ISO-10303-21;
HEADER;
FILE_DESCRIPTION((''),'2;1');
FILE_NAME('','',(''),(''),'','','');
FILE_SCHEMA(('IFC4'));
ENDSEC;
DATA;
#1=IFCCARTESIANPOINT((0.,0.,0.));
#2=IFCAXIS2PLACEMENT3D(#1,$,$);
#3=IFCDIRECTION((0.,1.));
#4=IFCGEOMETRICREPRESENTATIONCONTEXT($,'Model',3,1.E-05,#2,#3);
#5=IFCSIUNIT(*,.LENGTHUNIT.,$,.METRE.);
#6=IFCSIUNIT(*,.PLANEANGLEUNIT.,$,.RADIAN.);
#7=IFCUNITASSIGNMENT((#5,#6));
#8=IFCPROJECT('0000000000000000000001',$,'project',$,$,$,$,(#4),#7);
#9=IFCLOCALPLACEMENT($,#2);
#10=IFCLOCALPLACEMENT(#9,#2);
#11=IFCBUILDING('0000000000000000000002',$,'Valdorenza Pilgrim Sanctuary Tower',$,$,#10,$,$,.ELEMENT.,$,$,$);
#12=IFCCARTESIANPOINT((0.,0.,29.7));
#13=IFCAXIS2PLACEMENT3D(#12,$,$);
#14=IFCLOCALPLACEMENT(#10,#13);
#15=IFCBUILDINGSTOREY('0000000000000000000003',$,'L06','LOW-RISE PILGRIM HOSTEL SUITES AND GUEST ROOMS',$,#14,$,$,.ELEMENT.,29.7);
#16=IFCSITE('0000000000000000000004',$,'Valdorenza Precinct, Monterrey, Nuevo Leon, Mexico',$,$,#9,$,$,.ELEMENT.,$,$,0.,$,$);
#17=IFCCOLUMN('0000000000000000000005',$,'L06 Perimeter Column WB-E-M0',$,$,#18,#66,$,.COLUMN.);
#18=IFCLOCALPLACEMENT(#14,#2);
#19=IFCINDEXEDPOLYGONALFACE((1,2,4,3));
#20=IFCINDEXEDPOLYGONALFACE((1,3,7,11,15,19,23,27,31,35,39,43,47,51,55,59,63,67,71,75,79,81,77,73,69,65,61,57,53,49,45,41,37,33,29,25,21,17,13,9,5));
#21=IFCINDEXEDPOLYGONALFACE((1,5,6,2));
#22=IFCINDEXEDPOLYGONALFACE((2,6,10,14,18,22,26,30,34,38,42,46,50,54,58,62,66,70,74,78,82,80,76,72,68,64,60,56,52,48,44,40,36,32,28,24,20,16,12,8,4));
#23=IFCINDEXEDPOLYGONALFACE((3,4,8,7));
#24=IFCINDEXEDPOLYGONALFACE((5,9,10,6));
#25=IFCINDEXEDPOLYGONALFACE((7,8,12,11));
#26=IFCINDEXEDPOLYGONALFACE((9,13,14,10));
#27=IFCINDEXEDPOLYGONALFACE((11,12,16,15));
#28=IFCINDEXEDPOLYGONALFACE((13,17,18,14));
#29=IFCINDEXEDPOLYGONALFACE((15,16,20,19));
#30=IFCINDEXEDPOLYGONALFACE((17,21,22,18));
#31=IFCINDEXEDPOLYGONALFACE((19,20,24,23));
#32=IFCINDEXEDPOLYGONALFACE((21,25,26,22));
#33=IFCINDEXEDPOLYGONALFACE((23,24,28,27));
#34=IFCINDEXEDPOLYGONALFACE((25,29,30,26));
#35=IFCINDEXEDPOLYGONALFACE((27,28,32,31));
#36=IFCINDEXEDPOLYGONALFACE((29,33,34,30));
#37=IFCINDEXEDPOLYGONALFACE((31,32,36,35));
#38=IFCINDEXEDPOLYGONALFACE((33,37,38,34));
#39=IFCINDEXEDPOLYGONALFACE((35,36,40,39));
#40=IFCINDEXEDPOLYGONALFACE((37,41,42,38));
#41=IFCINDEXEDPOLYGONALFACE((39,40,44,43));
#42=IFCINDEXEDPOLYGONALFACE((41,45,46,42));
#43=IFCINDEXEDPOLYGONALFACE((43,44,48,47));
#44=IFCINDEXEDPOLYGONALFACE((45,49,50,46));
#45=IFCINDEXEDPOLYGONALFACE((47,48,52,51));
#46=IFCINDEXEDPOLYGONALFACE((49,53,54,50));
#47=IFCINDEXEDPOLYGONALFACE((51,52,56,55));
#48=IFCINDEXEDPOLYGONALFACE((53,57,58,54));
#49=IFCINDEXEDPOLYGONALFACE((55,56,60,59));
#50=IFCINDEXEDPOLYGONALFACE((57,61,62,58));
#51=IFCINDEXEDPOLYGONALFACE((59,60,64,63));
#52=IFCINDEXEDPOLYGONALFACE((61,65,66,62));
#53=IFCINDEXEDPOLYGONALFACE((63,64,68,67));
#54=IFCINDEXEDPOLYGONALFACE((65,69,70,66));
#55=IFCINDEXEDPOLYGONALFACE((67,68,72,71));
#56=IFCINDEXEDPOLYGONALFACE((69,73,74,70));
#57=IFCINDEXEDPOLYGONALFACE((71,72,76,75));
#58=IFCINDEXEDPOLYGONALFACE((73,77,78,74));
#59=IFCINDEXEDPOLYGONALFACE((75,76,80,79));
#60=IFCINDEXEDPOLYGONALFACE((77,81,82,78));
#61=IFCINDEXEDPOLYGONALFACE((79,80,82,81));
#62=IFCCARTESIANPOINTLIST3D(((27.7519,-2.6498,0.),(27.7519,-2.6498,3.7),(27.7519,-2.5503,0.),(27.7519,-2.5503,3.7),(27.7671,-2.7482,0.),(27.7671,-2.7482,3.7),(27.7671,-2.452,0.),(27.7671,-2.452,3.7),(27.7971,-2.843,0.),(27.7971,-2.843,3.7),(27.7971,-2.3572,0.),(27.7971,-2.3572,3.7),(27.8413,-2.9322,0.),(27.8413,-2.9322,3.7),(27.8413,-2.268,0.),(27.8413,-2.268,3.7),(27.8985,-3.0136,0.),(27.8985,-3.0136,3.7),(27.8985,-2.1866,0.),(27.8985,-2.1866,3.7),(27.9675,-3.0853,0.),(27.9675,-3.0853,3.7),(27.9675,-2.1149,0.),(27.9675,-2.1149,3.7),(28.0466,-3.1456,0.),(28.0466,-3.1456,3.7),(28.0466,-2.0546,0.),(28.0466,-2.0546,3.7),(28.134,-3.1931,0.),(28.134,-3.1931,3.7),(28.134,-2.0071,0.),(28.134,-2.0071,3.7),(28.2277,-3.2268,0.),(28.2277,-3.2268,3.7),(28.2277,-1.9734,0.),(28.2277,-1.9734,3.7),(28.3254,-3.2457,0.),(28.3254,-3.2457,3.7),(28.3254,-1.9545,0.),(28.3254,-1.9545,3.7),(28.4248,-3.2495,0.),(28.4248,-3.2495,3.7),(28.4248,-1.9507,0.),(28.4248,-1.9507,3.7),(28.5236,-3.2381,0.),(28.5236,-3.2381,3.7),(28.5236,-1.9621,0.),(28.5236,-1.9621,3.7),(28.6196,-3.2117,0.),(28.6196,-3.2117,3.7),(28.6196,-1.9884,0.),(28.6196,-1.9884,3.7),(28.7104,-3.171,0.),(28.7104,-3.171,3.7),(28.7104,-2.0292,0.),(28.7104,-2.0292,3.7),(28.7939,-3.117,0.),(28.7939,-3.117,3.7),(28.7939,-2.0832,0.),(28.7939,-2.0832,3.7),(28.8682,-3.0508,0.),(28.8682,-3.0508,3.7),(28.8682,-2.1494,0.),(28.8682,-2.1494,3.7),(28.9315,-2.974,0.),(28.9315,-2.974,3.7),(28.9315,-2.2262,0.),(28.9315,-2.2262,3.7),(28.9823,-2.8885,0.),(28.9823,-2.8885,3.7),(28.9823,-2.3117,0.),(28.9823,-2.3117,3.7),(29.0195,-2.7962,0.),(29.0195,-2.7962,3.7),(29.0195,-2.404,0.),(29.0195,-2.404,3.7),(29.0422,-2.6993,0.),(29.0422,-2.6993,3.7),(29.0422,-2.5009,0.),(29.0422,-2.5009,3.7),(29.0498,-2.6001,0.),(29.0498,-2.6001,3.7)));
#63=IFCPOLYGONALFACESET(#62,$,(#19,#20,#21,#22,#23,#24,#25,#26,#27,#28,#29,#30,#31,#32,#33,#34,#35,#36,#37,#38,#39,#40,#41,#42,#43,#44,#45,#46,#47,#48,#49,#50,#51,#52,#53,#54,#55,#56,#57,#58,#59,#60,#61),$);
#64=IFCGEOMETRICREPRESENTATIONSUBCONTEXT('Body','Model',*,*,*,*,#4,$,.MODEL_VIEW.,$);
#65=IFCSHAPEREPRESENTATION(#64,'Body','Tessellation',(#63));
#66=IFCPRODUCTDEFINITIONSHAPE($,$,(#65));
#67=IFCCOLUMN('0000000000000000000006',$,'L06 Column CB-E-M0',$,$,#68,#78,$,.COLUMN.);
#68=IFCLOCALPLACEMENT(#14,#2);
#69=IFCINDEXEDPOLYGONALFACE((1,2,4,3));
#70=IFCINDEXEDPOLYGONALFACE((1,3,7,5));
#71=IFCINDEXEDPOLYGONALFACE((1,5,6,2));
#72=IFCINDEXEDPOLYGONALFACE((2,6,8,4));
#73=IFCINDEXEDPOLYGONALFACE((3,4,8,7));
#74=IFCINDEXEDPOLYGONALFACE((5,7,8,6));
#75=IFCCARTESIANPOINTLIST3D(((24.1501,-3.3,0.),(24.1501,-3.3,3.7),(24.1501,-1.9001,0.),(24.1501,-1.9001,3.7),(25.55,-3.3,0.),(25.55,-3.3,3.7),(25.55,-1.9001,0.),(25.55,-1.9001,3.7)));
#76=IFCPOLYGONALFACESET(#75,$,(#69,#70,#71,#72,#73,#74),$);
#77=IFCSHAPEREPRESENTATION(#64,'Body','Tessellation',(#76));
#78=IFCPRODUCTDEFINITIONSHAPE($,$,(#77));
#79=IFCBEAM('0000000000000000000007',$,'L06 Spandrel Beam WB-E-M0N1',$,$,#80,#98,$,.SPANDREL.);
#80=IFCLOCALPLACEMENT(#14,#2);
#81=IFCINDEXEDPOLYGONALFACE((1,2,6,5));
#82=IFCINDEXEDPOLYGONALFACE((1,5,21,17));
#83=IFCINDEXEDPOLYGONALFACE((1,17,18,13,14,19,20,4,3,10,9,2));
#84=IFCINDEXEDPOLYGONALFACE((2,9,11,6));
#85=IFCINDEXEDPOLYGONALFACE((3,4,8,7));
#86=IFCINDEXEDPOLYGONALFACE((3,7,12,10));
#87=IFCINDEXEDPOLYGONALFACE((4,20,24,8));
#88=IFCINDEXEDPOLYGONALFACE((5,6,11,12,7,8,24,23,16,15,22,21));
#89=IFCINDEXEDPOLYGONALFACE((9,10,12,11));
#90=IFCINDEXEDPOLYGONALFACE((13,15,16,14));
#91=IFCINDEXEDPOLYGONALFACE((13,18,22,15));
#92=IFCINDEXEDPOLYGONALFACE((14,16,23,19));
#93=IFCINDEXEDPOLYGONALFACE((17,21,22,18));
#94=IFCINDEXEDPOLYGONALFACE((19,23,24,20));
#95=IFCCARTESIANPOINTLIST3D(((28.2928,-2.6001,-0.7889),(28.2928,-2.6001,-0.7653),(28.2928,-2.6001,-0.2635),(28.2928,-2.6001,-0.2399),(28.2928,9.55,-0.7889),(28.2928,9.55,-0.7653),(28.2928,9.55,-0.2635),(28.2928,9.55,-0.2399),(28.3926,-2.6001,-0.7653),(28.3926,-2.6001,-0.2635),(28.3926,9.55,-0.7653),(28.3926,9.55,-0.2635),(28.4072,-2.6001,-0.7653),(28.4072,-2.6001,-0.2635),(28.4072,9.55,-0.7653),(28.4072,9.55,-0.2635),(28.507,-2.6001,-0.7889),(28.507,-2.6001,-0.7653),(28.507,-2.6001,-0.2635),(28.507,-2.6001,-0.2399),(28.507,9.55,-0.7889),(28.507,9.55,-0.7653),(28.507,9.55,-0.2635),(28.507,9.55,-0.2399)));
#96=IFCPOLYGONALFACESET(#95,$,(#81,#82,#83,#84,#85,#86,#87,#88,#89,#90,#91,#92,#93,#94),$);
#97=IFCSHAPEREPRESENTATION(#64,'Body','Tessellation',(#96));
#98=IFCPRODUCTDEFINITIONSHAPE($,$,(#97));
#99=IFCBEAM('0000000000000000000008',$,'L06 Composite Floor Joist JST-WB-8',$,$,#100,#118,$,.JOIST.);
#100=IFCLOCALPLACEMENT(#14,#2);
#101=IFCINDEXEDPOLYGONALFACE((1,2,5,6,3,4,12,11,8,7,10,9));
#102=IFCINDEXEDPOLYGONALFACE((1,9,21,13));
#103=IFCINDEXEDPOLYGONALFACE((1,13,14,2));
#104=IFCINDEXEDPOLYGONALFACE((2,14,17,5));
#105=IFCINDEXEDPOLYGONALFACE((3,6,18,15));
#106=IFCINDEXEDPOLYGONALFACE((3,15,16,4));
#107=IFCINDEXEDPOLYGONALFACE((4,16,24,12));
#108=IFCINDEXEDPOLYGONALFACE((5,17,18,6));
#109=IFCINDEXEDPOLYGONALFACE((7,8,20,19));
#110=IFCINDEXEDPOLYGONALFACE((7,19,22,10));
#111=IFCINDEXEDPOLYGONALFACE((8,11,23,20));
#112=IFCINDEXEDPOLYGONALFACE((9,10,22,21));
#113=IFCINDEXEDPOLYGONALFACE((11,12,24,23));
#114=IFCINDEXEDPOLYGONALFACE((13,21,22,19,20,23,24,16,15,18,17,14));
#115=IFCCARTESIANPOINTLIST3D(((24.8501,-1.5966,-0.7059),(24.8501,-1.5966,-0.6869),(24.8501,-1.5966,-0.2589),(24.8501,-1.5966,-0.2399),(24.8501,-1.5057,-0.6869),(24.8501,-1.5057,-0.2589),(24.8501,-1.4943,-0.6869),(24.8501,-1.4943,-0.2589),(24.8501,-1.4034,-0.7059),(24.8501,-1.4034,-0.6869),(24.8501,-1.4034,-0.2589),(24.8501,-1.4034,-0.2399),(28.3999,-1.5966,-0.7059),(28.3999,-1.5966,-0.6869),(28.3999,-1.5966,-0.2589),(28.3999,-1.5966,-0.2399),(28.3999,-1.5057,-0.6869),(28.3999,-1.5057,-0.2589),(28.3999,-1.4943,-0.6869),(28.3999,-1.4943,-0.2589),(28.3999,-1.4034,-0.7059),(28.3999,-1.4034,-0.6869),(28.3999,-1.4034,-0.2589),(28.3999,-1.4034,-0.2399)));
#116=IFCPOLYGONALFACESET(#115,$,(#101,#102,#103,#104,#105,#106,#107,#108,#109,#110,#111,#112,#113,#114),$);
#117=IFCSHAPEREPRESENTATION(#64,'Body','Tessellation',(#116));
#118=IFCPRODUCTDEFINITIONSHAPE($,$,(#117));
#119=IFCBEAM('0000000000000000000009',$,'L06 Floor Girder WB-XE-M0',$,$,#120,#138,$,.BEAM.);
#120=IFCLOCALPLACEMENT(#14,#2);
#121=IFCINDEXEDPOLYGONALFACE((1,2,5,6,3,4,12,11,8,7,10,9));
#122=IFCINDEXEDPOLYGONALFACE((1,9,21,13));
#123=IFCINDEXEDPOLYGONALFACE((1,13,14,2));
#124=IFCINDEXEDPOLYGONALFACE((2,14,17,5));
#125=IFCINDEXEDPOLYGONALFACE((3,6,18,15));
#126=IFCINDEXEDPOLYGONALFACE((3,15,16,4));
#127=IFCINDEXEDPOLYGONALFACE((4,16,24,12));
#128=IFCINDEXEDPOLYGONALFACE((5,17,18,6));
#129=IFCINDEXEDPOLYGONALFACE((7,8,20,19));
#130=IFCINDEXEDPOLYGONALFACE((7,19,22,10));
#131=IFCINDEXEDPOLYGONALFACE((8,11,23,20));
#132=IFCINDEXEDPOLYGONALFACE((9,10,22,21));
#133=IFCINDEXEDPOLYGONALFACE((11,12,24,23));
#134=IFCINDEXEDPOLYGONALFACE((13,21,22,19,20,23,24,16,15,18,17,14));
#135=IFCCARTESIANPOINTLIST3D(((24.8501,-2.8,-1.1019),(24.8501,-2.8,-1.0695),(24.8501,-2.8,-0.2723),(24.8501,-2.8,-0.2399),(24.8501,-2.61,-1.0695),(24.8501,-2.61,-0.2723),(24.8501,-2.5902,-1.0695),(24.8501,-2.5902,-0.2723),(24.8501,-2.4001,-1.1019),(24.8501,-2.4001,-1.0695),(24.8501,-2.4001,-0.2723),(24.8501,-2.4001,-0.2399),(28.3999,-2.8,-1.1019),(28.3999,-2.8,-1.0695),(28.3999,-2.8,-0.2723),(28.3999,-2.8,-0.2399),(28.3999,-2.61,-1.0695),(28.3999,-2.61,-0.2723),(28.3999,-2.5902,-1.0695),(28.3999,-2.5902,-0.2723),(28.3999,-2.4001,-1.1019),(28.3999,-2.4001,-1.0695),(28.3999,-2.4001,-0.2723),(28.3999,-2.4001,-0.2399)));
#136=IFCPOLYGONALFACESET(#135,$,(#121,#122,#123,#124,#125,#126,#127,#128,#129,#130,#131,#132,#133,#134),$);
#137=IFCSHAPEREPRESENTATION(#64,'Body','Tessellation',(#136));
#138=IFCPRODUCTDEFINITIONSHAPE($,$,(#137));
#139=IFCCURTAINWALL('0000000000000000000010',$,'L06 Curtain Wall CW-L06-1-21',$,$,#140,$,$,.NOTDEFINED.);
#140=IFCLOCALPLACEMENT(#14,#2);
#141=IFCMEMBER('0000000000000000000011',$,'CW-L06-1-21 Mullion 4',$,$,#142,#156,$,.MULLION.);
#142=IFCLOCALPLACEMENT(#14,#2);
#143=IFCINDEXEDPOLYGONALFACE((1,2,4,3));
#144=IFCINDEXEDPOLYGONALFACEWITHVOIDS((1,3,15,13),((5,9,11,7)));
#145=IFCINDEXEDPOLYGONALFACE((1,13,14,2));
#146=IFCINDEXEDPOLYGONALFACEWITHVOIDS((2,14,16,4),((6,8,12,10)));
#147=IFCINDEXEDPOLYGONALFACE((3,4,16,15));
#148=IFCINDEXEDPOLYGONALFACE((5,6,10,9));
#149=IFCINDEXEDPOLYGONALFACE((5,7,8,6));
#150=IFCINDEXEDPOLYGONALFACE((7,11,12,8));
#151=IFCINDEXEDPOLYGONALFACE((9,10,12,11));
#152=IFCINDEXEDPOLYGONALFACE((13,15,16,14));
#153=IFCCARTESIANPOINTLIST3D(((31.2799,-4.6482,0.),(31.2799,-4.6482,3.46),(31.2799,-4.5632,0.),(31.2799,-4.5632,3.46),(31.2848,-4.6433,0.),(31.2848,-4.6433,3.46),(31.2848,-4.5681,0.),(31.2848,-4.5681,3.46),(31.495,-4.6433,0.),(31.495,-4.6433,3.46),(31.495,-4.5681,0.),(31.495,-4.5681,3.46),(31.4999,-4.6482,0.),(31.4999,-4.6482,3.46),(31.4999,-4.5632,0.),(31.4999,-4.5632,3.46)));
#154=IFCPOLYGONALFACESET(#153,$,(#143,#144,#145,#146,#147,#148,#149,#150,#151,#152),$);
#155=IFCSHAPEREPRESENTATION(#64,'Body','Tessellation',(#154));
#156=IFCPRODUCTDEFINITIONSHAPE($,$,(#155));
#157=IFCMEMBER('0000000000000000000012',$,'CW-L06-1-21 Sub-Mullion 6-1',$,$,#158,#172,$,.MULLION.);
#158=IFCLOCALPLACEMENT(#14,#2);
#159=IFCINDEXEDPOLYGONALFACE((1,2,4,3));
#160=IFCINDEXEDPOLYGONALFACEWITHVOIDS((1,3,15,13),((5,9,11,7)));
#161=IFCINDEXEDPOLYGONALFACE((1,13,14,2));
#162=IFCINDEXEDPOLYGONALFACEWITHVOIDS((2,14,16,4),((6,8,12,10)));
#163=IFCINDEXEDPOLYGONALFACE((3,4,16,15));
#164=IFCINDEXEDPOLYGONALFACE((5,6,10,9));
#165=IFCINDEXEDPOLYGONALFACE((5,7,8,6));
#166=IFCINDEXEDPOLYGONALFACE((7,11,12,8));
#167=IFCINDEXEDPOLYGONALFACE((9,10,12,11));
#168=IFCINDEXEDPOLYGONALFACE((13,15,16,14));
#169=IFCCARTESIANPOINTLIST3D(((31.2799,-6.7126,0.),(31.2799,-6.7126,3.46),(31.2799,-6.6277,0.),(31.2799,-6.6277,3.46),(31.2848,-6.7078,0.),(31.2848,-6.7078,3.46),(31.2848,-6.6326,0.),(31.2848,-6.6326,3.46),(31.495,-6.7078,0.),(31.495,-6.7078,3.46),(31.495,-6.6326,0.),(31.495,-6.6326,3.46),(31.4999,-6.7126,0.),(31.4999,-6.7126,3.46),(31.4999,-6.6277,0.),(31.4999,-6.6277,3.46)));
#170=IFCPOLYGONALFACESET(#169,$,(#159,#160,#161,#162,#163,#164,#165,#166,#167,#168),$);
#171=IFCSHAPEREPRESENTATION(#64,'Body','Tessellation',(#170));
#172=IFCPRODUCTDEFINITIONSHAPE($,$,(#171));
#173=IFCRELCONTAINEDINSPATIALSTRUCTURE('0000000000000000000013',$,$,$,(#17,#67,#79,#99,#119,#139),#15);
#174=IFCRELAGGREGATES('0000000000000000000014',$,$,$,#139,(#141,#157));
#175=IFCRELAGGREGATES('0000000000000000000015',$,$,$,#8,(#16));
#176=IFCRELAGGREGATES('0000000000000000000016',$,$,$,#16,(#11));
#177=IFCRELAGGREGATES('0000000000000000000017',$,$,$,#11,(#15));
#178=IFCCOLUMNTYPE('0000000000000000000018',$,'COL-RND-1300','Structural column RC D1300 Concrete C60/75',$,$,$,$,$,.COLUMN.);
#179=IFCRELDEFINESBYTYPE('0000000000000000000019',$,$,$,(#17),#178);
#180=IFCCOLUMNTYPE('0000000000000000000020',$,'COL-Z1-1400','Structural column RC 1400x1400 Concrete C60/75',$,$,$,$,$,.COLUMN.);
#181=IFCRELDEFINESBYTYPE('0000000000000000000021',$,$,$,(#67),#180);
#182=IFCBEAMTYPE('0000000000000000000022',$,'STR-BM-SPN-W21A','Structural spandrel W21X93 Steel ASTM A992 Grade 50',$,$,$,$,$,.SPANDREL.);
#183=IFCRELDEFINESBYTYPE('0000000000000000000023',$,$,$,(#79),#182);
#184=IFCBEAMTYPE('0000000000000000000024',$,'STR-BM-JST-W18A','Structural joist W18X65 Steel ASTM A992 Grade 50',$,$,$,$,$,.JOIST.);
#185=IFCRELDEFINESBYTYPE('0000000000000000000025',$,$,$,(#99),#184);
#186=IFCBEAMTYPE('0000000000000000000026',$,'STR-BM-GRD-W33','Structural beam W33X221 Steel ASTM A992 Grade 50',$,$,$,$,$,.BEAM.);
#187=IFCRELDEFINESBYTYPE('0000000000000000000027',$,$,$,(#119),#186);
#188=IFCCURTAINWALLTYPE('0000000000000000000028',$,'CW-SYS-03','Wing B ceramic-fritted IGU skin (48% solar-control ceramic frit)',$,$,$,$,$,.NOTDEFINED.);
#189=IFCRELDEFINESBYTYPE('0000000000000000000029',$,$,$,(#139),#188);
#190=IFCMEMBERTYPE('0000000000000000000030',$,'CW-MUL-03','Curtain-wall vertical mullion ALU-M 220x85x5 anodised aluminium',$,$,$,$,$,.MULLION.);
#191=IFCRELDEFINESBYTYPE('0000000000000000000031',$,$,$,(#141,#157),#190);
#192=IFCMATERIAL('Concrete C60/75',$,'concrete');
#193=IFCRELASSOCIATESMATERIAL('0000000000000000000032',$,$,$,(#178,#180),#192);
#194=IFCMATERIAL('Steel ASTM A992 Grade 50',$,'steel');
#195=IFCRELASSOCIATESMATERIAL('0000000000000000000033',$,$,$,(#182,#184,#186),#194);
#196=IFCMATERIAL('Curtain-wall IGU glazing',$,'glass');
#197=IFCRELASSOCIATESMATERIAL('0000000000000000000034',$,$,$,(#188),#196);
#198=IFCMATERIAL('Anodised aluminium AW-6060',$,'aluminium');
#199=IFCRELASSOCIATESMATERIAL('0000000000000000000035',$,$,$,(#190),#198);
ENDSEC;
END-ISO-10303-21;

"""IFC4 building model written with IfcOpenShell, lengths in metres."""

from ifc_helpers import new_model, si_unit, direction, frame, origin, origin_2d, place, context, subcontext, project, spatial, rectangle, hollow_rectangle, circle, i_section, extrude, source, transform, mapped, material, material_profile, profile_set, type_object, element, aggregate, save


model = new_model("IFC4")

# Units and contexts
model_context = context("Model", 3, precision=1e-05, world=origin(), true_north=direction((0.0, 1.0)))
body_context = subcontext(model_context, "Body", "Model", "MODEL_VIEW")
ifc_project = project(units=[si_unit("LENGTHUNIT", "METRE"), si_unit("PLANEANGLEUNIT", "RADIAN")], contexts=[model_context])

# Site, building, storey
site_placement = place(None, origin())
site = spatial("IfcSite", under=ifc_project, at=site_placement, Name="Valdorenza Precinct, Monterrey, Nuevo Leon, Mexico", CompositionType="ELEMENT", RefElevation=0.0)
building_placement = place(site_placement, origin())
building = spatial("IfcBuilding", under=site, at=building_placement, Name="Valdorenza Pilgrim Sanctuary Tower", CompositionType="ELEMENT")
storey_placement = place(building_placement, frame((0.0, 0.0, 29.7)))
storey = spatial("IfcBuildingStorey", under=building, at=storey_placement, Name="L06", Description="LOW-RISE PILGRIM HOSTEL SUITES AND GUEST ROOMS", CompositionType="ELEMENT", Elevation=29.7)

# Columns
ifc_material_1 = material(Name="Concrete C60/75", Category="concrete")
ifc_material_profile_1 = material_profile(ifc_material_1, circle(Radius=0.6499, at=origin_2d()), Name="RC D1300")
ifc_profile_set_1 = profile_set([ifc_material_profile_1], Name="Concrete C60/75")
column_type_1 = type_object("IfcColumnType", Name="COL-RND-1300", Description="Structural column RC D1300 Concrete C60/75", PredefinedType="COLUMN", material=ifc_profile_set_1)
shared_shape_1 = source(origin(), body_context, "Body", "SweptSolid", [
    extrude(circle(Radius=0.6499, at=origin_2d()), origin(), (0.0, 0.0, 1.0), 3.7),
])
column_1_placement = place(storey_placement, frame((28.3999, -2.6001, 0.0), z_axis=(0.0, 0.0, 1.0), x_axis=(1.0, 0.0, 0.0)))
element("IfcColumn", 1, at=column_1_placement, inside=storey, type_object=column_type_1, Name="L06 Perimeter Column WB-E-M0", PredefinedType="COLUMN", context=body_context, shape_type="MappedRepresentation", body=[
    mapped(shared_shape_1, transform((0.0, 0.0, 0.0), x_axis=(1.0, 0.0, 0.0), y_axis=(0.0, 1.0, 0.0), z_axis=(0.0, 0.0, 1.0), scale=1.0)),
])
ifc_material_profile_2 = material_profile(ifc_material_1, rectangle(XDim=1.3999, YDim=1.3999, at=origin_2d()), Name="RC 1400x1400")
ifc_profile_set_2 = profile_set([ifc_material_profile_2], Name="Concrete C60/75")
column_type_2 = type_object("IfcColumnType", Name="COL-Z1-1400", Description="Structural column RC 1400x1400 Concrete C60/75", PredefinedType="COLUMN", material=ifc_profile_set_2)
shared_shape_2 = source(origin(), body_context, "Body", "SweptSolid", [
    extrude(rectangle(XDim=1.3999, YDim=1.3999, at=origin_2d()), origin(), (0.0, 0.0, 1.0), 3.7),
])
column_2_placement = place(storey_placement, frame((24.8501, -2.6001, 0.0), z_axis=(0.0, 0.0, 1.0), x_axis=(1.0, 0.0, 0.0)))
element("IfcColumn", 2, at=column_2_placement, inside=storey, type_object=column_type_2, Name="L06 Column CB-E-M0", PredefinedType="COLUMN", context=body_context, shape_type="MappedRepresentation", body=[
    mapped(shared_shape_2, transform((0.0, 0.0, 0.0), x_axis=(1.0, 0.0, 0.0), y_axis=(0.0, 1.0, 0.0), z_axis=(0.0, 0.0, 1.0), scale=1.0)),
])

# Beams
ifc_material_2 = material(Name="Steel ASTM A992 Grade 50", Category="steel")
ifc_material_profile_3 = material_profile(ifc_material_2, i_section(OverallWidth=0.2141, OverallDepth=0.5491, WebThickness=0.0146, FlangeThickness=0.0237, at=origin_2d()), Name="W21X93")
ifc_profile_set_3 = profile_set([ifc_material_profile_3], Name="Steel ASTM A992 Grade 50")
beam_type_1 = type_object("IfcBeamType", Name="STR-BM-SPN-W21A", Description="Structural spandrel W21X93 Steel ASTM A992 Grade 50", PredefinedType="SPANDREL", material=ifc_profile_set_3)
shared_shape_3 = source(origin(), body_context, "Body", "SweptSolid", [
    extrude(i_section(OverallWidth=0.2141, OverallDepth=0.5491, WebThickness=0.0146, FlangeThickness=0.0237, at=origin_2d()), origin(), (0.0, 0.0, 1.0), 12.1501),
])
beam_1_placement = place(storey_placement, frame((28.3999, -2.6001, -0.5144), z_axis=(0.0, 1.0, 0.0), x_axis=(-1.0, 0.0, 0.0)))
element("IfcBeam", 3, at=beam_1_placement, inside=storey, type_object=beam_type_1, Name="L06 Spandrel Beam WB-E-M0N1", PredefinedType="SPANDREL", context=body_context, shape_type="MappedRepresentation", body=[
    mapped(shared_shape_3, transform((0.0, 0.0, 0.0), x_axis=(1.0, 0.0, 0.0), y_axis=(0.0, 1.0, 0.0), z_axis=(0.0, 0.0, 1.0), scale=1.0)),
])
ifc_material_profile_4 = material_profile(ifc_material_2, i_section(OverallWidth=0.1931, OverallDepth=0.4661, WebThickness=0.0115, FlangeThickness=0.019, at=origin_2d()), Name="W18X65")
ifc_profile_set_4 = profile_set([ifc_material_profile_4], Name="Steel ASTM A992 Grade 50")
beam_type_2 = type_object("IfcBeamType", Name="STR-BM-JST-W18A", Description="Structural joist W18X65 Steel ASTM A992 Grade 50", PredefinedType="JOIST", material=ifc_profile_set_4)
shared_shape_4 = source(origin(), body_context, "Body", "SweptSolid", [
    extrude(i_section(OverallWidth=0.1931, OverallDepth=0.4661, WebThickness=0.0115, FlangeThickness=0.019, at=origin_2d()), origin(), (0.0, 0.0, 1.0), 3.5498),
])
beam_2_placement = place(storey_placement, frame((24.8501, -1.5, -0.4729), z_axis=(1.0, 0.0, 0.0), x_axis=(0.0, 1.0, 0.0)))
element("IfcBeam", 4, at=beam_2_placement, inside=storey, type_object=beam_type_2, Name="L06 Composite Floor Joist JST-WB-8", PredefinedType="JOIST", context=body_context, shape_type="MappedRepresentation", body=[
    mapped(shared_shape_4, transform((0.0, 0.0, 0.0), x_axis=(1.0, 0.0, 0.0), y_axis=(0.0, 1.0, 0.0), z_axis=(0.0, 0.0, 1.0), scale=1.0)),
])
ifc_material_profile_5 = material_profile(ifc_material_2, i_section(OverallWidth=0.3999, OverallDepth=0.8621, WebThickness=0.0198, FlangeThickness=0.0325, at=origin_2d()), Name="W33X221")
ifc_profile_set_5 = profile_set([ifc_material_profile_5], Name="Steel ASTM A992 Grade 50")
beam_type_3 = type_object("IfcBeamType", Name="STR-BM-GRD-W33", Description="Structural beam W33X221 Steel ASTM A992 Grade 50", PredefinedType="BEAM", material=ifc_profile_set_5)
shared_shape_5 = source(origin(), body_context, "Body", "SweptSolid", [
    extrude(i_section(OverallWidth=0.3999, OverallDepth=0.8621, WebThickness=0.0198, FlangeThickness=0.0325, at=origin_2d()), origin(), (0.0, 0.0, 1.0), 3.5498),
])
beam_3_placement = place(storey_placement, frame((24.8501, -2.6001, -0.6709), z_axis=(1.0, 0.0, 0.0), x_axis=(0.0, 1.0, 0.0)))
element("IfcBeam", 5, at=beam_3_placement, inside=storey, type_object=beam_type_3, Name="L06 Floor Girder WB-XE-M0", PredefinedType="BEAM", context=body_context, shape_type="MappedRepresentation", body=[
    mapped(shared_shape_5, transform((0.0, 0.0, 0.0), x_axis=(1.0, 0.0, 0.0), y_axis=(0.0, 1.0, 0.0), z_axis=(0.0, 0.0, 1.0), scale=1.0)),
])

# Curtain wall, members
ifc_material_3 = material(Name="Curtain-wall IGU glazing", Category="glass")
curtain_wall_type = type_object("IfcCurtainWallType", Name="CW-SYS-03", Description="Wing B ceramic-fritted IGU skin (48% solar-control ceramic frit)", PredefinedType="NOTDEFINED", material=ifc_material_3)
curtain_wall_placement = place(storey_placement, origin())
curtain_wall = element("IfcCurtainWall", 6, at=curtain_wall_placement, inside=storey, type_object=curtain_wall_type, Name="L06 Curtain Wall CW-L06-1-21", PredefinedType="NOTDEFINED")
ifc_material_4 = material(Name="Anodised aluminium AW-6060", Category="aluminium")
ifc_material_profile_6 = material_profile(ifc_material_4, hollow_rectangle(XDim=0.085, YDim=0.22, WallThickness=0.0049, at=origin_2d()), Name="ALU-M 220x85x5")
ifc_profile_set_6 = profile_set([ifc_material_profile_6], Name="Anodised aluminium AW-6060")
member_type = type_object("IfcMemberType", Name="CW-MUL-03", Description="Curtain-wall vertical mullion ALU-M 220x85x5 anodised aluminium", PredefinedType="MULLION", material=ifc_profile_set_6)
shared_shape_6 = source(origin(), body_context, "Body", "SweptSolid", [
    extrude(hollow_rectangle(XDim=0.085, YDim=0.22, WallThickness=0.0049, at=origin_2d()), origin(), (0.0, 0.0, 1.0), 3.46),
])
member_1_placement = place(storey_placement, frame((31.3899, -4.6057, 0.0), z_axis=(0.0, 0.0, 1.0), x_axis=(0.0, -1.0, 0.0)))
member_1 = element("IfcMember", 7, at=member_1_placement, type_object=member_type, Name="CW-L06-1-21 Mullion 4", PredefinedType="MULLION", context=body_context, shape_type="MappedRepresentation", body=[
    mapped(shared_shape_6, transform((0.0, 0.0, 0.0), x_axis=(1.0, 0.0, 0.0), y_axis=(0.0, 1.0, 0.0), z_axis=(0.0, 0.0, 1.0), scale=1.0)),
])
member_2_placement = place(storey_placement, frame((31.3899, -6.6702, 0.0), z_axis=(0.0, 0.0, 1.0), x_axis=(0.0, -1.0, 0.0)))
member_2 = element("IfcMember", 8, at=member_2_placement, type_object=member_type, Name="CW-L06-1-21 Sub-Mullion 6-1", PredefinedType="MULLION", context=body_context, shape_type="MappedRepresentation", body=[
    mapped(shared_shape_6, transform((0.0, 0.0, 0.0), x_axis=(1.0, 0.0, 0.0), y_axis=(0.0, 1.0, 0.0), z_axis=(0.0, 0.0, 1.0), scale=1.0)),
])
aggregate(curtain_wall, [member_1, member_2])

save(model, "model.ifc")
